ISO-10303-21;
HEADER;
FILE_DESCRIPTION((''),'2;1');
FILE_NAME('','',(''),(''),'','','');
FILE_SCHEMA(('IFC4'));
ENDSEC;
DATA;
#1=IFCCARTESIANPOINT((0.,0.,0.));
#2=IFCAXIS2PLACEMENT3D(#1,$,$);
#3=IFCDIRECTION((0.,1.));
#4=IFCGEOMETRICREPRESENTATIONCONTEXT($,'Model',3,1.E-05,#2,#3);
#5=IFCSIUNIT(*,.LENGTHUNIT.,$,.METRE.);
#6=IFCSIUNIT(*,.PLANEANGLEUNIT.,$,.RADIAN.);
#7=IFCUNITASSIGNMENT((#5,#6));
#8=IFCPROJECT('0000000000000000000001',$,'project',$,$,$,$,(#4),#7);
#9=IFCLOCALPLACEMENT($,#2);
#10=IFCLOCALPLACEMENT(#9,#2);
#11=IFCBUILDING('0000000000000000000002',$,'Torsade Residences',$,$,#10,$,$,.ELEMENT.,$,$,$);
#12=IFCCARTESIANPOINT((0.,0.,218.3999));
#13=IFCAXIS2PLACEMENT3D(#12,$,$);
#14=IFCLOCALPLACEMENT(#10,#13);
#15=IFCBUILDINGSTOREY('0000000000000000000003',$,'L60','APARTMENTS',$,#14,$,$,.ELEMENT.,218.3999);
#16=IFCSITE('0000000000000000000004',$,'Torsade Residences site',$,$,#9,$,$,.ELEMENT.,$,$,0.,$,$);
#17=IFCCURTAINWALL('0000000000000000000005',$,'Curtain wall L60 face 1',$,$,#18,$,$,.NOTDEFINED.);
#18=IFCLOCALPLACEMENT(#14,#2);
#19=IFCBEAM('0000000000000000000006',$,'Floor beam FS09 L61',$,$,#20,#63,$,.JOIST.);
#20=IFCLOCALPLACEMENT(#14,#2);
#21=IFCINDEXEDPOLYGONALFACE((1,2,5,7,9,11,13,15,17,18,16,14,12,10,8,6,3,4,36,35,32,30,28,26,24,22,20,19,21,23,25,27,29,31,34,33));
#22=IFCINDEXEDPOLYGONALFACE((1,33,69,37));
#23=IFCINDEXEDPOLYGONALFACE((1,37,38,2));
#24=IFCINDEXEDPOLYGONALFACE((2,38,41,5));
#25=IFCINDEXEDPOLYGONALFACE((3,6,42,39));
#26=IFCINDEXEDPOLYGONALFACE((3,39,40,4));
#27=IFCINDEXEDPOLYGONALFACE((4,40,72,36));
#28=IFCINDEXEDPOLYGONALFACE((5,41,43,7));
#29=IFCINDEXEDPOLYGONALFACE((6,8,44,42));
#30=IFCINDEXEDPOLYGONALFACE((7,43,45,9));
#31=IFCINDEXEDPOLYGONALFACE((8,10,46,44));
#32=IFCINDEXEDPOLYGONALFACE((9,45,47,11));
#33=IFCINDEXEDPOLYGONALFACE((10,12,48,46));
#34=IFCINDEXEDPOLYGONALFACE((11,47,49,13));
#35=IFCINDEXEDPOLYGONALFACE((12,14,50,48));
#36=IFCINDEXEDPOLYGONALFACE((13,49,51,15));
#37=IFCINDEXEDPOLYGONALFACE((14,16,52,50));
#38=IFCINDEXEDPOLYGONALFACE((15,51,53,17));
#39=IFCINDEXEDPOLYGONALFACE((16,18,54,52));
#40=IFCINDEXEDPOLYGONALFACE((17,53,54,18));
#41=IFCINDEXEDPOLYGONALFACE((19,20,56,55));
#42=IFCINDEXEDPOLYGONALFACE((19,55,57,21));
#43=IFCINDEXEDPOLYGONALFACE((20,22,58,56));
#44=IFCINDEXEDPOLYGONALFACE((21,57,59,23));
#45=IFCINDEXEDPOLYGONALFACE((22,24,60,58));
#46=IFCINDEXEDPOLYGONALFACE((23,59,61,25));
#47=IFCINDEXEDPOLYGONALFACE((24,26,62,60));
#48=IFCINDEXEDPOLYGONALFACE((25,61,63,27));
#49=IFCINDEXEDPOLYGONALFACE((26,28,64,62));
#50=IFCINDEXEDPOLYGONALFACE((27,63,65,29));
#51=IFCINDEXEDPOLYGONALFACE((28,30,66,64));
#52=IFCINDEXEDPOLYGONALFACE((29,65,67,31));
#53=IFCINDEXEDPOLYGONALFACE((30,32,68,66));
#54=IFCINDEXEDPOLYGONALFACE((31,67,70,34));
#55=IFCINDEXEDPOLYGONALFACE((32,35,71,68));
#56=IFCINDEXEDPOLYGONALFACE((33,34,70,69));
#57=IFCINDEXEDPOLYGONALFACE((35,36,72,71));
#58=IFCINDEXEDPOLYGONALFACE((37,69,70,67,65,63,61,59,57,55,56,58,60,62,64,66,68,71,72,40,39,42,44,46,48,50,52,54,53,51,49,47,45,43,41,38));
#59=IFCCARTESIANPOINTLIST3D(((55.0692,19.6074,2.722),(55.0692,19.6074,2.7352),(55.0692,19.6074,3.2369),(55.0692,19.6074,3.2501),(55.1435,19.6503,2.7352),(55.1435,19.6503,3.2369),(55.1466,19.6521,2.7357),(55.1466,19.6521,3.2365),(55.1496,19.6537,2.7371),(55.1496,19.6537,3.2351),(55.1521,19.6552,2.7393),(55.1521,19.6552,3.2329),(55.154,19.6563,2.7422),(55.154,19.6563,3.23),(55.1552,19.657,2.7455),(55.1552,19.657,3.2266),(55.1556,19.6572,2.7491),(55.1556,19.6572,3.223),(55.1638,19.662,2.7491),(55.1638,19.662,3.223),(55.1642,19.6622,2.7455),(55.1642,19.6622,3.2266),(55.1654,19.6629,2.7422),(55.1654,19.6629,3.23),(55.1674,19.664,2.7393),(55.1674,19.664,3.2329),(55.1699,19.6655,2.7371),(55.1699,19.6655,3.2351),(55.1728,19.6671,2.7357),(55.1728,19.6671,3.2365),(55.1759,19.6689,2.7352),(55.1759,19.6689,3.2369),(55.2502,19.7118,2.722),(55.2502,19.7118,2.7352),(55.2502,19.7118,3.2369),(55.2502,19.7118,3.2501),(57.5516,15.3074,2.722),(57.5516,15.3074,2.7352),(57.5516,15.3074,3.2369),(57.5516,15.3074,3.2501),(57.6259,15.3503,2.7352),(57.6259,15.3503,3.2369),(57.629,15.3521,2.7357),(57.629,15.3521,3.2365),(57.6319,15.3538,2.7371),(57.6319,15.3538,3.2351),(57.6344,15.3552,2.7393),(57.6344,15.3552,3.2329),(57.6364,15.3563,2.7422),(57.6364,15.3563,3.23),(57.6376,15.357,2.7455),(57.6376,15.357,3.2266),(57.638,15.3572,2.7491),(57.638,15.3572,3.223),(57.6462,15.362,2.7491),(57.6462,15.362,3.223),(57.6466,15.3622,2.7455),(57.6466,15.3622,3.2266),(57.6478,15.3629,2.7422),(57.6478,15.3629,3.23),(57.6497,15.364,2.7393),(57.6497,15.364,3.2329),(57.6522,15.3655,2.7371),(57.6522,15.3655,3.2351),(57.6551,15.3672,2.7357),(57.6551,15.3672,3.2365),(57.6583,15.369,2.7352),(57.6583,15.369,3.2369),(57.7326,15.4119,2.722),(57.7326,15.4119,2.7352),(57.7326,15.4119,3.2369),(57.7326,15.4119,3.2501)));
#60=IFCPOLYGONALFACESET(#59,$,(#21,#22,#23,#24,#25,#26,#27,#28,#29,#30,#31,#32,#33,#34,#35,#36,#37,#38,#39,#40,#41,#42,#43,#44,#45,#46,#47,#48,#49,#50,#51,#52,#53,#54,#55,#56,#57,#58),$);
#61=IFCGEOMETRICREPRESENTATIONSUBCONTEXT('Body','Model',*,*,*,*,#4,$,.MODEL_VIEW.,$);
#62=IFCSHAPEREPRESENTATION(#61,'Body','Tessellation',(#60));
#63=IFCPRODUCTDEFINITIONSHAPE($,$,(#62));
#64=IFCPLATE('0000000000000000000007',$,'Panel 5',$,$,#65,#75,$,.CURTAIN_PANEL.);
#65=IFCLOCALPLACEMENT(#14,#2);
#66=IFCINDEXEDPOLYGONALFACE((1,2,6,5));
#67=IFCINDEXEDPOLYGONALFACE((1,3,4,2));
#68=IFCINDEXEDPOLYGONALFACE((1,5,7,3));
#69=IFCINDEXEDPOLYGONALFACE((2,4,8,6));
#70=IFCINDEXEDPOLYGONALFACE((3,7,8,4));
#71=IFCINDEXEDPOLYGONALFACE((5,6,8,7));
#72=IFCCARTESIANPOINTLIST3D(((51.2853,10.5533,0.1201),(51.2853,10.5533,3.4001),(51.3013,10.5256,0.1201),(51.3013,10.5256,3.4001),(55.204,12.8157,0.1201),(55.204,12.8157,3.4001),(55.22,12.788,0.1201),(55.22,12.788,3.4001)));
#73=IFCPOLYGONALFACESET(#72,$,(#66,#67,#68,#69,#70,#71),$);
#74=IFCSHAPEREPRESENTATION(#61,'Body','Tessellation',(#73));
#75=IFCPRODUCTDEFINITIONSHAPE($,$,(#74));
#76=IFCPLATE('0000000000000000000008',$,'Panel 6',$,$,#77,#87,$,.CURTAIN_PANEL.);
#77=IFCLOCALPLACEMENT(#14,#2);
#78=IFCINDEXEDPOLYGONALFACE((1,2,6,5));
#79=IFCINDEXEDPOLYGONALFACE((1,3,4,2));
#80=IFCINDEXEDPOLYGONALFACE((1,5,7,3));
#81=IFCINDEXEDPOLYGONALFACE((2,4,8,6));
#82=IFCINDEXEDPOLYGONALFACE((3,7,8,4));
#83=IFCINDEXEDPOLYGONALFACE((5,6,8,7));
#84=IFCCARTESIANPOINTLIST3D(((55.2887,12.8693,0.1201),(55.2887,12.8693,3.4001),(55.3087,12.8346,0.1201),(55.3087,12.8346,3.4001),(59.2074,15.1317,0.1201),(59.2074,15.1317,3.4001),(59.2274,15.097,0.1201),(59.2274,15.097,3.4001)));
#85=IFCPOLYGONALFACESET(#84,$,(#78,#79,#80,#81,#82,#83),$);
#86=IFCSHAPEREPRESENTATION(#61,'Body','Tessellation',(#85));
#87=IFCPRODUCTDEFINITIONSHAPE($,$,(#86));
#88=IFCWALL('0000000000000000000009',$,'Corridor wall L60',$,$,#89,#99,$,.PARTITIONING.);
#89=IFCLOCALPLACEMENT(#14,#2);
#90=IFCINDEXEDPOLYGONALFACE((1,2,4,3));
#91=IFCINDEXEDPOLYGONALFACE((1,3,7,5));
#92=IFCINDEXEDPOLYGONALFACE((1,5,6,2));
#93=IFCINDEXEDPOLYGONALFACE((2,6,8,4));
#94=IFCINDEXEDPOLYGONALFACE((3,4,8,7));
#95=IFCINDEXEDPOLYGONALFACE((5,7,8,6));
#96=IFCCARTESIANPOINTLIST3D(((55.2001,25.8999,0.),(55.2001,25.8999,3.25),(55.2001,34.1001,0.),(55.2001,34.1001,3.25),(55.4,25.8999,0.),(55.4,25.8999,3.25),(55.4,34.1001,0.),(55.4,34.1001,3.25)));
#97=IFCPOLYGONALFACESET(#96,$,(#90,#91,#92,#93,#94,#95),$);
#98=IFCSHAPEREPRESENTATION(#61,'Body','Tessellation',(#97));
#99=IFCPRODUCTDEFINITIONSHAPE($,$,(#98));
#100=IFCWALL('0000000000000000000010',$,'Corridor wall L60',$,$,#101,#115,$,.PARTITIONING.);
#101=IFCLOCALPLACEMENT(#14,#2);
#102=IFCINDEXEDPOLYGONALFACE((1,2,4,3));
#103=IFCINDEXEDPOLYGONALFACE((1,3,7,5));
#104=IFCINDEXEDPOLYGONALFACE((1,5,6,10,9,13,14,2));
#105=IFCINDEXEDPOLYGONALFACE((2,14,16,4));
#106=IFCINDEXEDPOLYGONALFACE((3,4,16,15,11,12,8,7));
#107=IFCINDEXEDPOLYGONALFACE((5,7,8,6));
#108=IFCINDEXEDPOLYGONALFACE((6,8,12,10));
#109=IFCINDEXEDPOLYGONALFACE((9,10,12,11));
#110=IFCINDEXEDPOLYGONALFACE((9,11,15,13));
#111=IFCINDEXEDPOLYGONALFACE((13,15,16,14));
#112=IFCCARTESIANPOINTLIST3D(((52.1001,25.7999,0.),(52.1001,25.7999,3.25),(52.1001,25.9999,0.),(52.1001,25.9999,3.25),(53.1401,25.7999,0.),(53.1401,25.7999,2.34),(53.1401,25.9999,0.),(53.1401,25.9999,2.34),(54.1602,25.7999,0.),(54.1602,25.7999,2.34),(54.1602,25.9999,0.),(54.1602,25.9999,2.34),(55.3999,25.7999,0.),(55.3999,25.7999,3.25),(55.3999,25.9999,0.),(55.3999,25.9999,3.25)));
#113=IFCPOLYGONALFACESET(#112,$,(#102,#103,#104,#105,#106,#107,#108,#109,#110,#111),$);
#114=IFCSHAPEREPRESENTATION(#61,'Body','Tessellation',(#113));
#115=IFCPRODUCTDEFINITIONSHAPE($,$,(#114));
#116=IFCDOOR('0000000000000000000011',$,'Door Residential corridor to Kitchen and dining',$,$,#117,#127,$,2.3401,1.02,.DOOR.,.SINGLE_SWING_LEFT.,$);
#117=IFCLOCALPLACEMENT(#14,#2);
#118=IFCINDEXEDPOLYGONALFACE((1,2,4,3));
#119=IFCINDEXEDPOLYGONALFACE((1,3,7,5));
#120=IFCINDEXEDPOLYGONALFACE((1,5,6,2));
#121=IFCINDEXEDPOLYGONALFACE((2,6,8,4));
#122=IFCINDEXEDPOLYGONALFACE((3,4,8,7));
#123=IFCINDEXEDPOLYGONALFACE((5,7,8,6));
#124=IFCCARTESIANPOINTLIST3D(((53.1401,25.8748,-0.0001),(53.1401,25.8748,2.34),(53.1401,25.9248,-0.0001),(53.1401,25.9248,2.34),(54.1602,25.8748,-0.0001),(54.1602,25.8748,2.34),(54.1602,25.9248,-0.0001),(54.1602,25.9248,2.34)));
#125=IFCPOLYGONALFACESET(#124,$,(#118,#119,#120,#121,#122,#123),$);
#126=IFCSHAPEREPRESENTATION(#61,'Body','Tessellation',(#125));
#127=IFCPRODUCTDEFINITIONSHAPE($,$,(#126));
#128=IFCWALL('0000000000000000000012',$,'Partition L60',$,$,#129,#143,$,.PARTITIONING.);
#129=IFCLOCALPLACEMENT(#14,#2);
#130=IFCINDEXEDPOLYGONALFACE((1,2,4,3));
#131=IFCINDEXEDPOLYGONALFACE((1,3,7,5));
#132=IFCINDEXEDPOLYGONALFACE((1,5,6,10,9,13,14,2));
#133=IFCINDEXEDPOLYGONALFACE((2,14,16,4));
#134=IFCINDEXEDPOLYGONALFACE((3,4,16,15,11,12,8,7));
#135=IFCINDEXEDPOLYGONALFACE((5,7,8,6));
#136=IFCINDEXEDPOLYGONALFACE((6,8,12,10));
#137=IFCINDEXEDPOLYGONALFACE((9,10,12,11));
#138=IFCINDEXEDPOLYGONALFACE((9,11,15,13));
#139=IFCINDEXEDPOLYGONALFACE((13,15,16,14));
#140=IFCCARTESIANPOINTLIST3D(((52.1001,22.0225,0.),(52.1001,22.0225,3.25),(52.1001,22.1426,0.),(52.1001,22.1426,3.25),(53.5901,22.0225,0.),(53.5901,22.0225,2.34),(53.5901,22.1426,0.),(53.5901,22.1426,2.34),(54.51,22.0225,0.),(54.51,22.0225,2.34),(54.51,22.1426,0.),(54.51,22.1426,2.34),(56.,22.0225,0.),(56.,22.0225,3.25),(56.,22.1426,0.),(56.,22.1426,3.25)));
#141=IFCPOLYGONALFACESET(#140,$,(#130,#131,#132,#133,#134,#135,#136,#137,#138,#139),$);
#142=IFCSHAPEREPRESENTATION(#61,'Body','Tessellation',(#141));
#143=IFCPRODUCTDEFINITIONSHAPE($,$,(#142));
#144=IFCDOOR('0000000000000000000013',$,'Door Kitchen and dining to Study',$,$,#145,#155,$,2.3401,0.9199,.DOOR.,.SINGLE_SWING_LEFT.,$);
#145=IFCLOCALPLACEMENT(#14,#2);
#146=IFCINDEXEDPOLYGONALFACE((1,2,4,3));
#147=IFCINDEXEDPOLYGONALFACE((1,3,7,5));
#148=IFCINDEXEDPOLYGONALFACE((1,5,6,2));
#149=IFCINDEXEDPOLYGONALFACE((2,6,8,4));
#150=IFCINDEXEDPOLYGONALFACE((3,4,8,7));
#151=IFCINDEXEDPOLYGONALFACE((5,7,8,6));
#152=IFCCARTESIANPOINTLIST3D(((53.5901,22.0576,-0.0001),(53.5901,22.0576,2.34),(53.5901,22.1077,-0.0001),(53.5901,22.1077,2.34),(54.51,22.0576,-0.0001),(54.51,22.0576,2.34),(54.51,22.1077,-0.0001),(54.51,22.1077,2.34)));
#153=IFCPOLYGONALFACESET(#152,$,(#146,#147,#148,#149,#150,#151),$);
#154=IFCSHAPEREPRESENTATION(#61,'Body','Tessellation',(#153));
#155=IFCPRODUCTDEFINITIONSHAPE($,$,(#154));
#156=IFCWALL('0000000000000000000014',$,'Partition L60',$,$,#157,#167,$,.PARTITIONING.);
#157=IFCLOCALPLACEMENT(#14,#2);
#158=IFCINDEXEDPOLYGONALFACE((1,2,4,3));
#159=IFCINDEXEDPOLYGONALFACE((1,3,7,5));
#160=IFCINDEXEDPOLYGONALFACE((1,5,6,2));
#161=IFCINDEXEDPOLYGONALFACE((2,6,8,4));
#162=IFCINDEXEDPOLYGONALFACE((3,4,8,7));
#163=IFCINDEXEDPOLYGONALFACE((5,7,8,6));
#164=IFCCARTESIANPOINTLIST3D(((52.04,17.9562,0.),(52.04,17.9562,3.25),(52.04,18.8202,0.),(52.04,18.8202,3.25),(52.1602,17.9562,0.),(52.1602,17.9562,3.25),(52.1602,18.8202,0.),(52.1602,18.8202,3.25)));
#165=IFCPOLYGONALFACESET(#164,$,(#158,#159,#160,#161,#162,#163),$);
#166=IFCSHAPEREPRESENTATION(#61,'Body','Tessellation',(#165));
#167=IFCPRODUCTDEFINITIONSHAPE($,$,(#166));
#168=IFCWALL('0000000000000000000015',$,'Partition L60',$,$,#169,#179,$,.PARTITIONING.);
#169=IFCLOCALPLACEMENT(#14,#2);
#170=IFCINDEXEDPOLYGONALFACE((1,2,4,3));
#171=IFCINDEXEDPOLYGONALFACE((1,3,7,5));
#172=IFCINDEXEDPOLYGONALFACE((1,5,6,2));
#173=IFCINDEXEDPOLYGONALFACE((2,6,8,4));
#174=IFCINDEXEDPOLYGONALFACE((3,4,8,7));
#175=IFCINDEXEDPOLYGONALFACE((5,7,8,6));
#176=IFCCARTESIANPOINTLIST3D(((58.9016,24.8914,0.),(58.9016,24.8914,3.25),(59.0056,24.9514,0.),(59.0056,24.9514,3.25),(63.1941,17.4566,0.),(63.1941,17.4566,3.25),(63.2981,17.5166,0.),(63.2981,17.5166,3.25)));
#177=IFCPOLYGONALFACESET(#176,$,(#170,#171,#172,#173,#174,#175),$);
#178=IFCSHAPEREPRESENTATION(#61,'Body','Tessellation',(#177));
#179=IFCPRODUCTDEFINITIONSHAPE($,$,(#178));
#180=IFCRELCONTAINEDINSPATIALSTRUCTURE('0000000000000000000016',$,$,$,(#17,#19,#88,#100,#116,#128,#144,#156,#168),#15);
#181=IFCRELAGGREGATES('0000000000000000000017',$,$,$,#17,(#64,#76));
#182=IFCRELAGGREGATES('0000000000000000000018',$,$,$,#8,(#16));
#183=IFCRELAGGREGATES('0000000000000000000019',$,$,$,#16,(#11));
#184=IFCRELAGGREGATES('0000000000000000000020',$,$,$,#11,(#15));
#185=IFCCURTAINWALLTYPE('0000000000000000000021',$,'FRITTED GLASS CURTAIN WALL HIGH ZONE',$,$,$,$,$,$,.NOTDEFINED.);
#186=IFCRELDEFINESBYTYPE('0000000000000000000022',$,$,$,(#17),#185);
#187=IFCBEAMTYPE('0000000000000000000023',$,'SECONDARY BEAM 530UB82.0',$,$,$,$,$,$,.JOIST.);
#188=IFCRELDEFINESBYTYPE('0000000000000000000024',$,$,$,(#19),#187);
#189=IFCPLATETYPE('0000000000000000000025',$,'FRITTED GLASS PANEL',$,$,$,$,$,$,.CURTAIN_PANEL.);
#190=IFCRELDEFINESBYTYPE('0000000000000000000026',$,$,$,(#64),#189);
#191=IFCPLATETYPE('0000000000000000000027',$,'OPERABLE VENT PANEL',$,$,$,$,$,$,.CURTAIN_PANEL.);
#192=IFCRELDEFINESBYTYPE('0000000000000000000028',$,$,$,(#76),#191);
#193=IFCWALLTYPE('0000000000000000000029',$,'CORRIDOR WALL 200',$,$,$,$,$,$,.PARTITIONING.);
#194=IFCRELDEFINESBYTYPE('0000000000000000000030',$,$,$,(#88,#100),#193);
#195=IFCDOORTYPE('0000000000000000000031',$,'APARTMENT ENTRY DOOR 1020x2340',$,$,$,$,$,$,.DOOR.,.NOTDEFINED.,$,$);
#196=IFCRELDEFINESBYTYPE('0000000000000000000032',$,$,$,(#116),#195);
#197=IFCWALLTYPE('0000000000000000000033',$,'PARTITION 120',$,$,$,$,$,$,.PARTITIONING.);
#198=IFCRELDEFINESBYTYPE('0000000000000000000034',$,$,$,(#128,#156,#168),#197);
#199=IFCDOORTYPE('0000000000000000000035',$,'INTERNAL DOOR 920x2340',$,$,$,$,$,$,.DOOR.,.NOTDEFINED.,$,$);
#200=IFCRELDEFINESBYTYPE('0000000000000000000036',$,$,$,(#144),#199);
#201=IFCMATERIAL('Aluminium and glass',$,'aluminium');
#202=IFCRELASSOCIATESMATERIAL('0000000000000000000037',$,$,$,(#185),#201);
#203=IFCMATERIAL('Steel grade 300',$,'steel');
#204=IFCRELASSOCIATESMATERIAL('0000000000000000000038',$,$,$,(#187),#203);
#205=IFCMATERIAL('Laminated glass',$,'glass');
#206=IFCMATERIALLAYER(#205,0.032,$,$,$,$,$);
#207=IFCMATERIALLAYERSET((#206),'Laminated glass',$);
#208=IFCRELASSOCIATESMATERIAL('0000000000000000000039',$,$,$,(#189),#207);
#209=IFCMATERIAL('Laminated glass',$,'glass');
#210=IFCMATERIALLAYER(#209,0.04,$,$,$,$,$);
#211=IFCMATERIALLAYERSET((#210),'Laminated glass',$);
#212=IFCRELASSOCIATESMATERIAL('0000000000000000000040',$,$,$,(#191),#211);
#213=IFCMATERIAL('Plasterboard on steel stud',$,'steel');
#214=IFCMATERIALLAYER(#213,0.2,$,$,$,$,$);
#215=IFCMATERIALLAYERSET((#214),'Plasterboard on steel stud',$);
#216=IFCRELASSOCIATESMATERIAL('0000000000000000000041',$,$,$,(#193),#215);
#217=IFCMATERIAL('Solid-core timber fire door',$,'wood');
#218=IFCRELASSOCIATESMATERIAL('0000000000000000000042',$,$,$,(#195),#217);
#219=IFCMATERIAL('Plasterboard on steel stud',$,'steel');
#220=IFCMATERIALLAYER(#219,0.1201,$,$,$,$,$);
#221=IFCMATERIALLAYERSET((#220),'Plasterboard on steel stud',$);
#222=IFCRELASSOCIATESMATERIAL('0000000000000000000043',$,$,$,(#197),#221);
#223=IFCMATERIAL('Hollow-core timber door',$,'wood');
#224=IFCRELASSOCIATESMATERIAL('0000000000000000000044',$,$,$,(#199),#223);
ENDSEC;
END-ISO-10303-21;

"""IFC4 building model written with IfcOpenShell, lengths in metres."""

from ifc_helpers import new_model, si_unit, direction, frame, frame_2d, origin, origin_2d, place, context, subcontext, project, spatial, rectangle, i_section, extrude, material, layer, layer_set, material_profile, profile_set, type_object, element, fill, aggregate, save


model = new_model("IFC4")

# Units and contexts
model_context = context("Model", 3, precision=1e-05, world=origin(), true_north=direction((0.0, 1.0)))
body_context = subcontext(model_context, "Body", "Model", "MODEL_VIEW")
ifc_project = project(units=[si_unit("LENGTHUNIT", "METRE"), si_unit("PLANEANGLEUNIT", "RADIAN")], contexts=[model_context])

# Site, building, storey
site_placement = place(None, origin())
site = spatial("IfcSite", under=ifc_project, at=site_placement, Name="Torsade Residences site", CompositionType="ELEMENT", RefElevation=0.0)
building_placement = place(site_placement, origin())
building = spatial("IfcBuilding", under=site, at=building_placement, Name="Torsade Residences", CompositionType="ELEMENT")
storey_placement = place(building_placement, frame((0.0, 0.0, 218.3999)))
storey = spatial("IfcBuildingStorey", under=building, at=storey_placement, Name="L60", Description="APARTMENTS", CompositionType="ELEMENT", Elevation=218.3999)

# Curtain wall
ifc_material_1 = material(Name="Aluminium and glass", Category="aluminium")
curtain_wall_type = type_object("IfcCurtainWallType", Name="FRITTED GLASS CURTAIN WALL HIGH ZONE", PredefinedType="NOTDEFINED", material=ifc_material_1)
curtain_wall_placement = place(storey_placement, origin())
curtain_wall = element("IfcCurtainWall", 1, at=curtain_wall_placement, inside=storey, type_object=curtain_wall_type, Name="Curtain wall L60 face 1", PredefinedType="NOTDEFINED")

# Beam
ifc_material_2 = material(Name="Steel grade 300", Category="steel")
ifc_material_profile_1 = material_profile(ifc_material_2, i_section(OverallWidth=0.209, OverallDepth=0.5281, WebThickness=0.0095, FlangeThickness=0.0132, FilletRadius=0.0139, at=origin_2d()), Name="530UB82.0")
ifc_profile_set_1 = profile_set([ifc_material_profile_1], Name="Steel grade 300")
beam_type_1 = type_object("IfcBeamType", Name="SECONDARY BEAM 530UB82.0", PredefinedType="JOIST", material=ifc_profile_set_1)
beam_1_placement = place(storey_placement, frame((57.6421, 15.3596, 2.9861), z_axis=(-0.499968, 0.866044, 0.0), x_axis=(-0.866044, -0.499968, 0.0)))
element("IfcBeam", 2, at=beam_1_placement, inside=storey, type_object=beam_type_1, Name="Floor beam FS09 L61", PredefinedType="JOIST", context=body_context, shape_type="SweptSolid", body=[
    extrude(i_section(OverallWidth=0.209, OverallDepth=0.5281, WebThickness=0.0095, FlangeThickness=0.0132, FilletRadius=0.0139, at=origin_2d()), origin(), (0.0, 0.0, 1.0), 4.9651),
])

# Plates
ifc_material_3 = material(Name="Laminated glass", Category="glass")
ifc_layer_1 = layer(ifc_material_3, 0.032)
ifc_layer_set_1 = layer_set([ifc_layer_1], Name="Laminated glass")
plate_type_1 = type_object("IfcPlateType", Name="FRITTED GLASS PANEL", PredefinedType="CURTAIN_PANEL", material=ifc_layer_set_1)
plate_1_placement = place(storey_placement, frame((53.2527, 11.6707, 0.1201), z_axis=(0.0, 0.0, 1.0), x_axis=(0.866025, 0.5, 0.0)))
plate_1 = element("IfcPlate", 3, at=plate_1_placement, type_object=plate_type_1, Name="Panel 5", PredefinedType="CURTAIN_PANEL", context=body_context, shape_type="SweptSolid", body=[
    extrude(rectangle(XDim=4.5249, YDim=0.032, at=origin_2d()), origin(), (0.0, 0.0, 1.0), 3.28),
])
ifc_material_4 = material(Name="Laminated glass", Category="glass")
ifc_layer_2 = layer(ifc_material_4, 0.04)
ifc_layer_set_2 = layer_set([ifc_layer_2], Name="Laminated glass")
plate_type_2 = type_object("IfcPlateType", Name="OPERABLE VENT PANEL", PredefinedType="CURTAIN_PANEL", material=ifc_layer_set_2)
plate_2_placement = place(storey_placement, frame((57.2581, 13.9832, 0.1201), z_axis=(0.0, 0.0, 1.0), x_axis=(0.866025, 0.5, 0.0)))
plate_2 = element("IfcPlate", 4, at=plate_2_placement, type_object=plate_type_2, Name="Panel 6", PredefinedType="CURTAIN_PANEL", context=body_context, shape_type="SweptSolid", body=[
    extrude(rectangle(XDim=4.5249, YDim=0.04, at=origin_2d()), origin(), (0.0, 0.0, 1.0), 3.28),
])
aggregate(curtain_wall, [plate_1, plate_2])

# Wall
ifc_material_5 = material(Name="Plasterboard on steel stud", Category="steel")
ifc_layer_3 = layer(ifc_material_5, 0.2)
ifc_layer_set_3 = layer_set([ifc_layer_3], Name="Plasterboard on steel stud")
wall_type_1 = type_object("IfcWallType", Name="CORRIDOR WALL 200", PredefinedType="PARTITIONING", material=ifc_layer_set_3)
wall_1_placement = place(storey_placement, frame((55.3, 25.8999, 0.0), z_axis=(0.0, 0.0, 1.0), x_axis=(0.0, 1.0, 0.0)))
element("IfcWall", 5, at=wall_1_placement, inside=storey, type_object=wall_type_1, Name="Corridor wall L60", PredefinedType="PARTITIONING", context=body_context, shape_type="SweptSolid", body=[
    extrude(rectangle(XDim=8.2002, YDim=0.2, at=frame_2d((4.1001, 0.0))), origin(), (0.0, 0.0, 1.0), 3.25),
])

# Walls, openings, doors
wall_2_placement = place(storey_placement, frame((52.1001, 25.8999, 0.0), z_axis=(0.0, 0.0, 1.0), x_axis=(1.0, 0.0, 0.0)))
wall_2 = element("IfcWall", 6, at=wall_2_placement, inside=storey, type_object=wall_type_1, Name="Corridor wall L60", PredefinedType="PARTITIONING", context=body_context, shape_type="SweptSolid", body=[
    extrude(rectangle(XDim=3.2998, YDim=0.2, at=frame_2d((1.6499, 0.0))), origin(), (0.0, 0.0, 1.0), 3.25),
])
opening_1_placement = place(wall_2_placement, frame((1.04, 0.0, 0.0)))
opening_1 = element("IfcOpeningElement", 7, at=opening_1_placement, cuts=wall_2, PredefinedType="OPENING", context=body_context, shape_type="SweptSolid", body=[
    extrude(rectangle(XDim=1.02, YDim=2.3401, at=frame_2d((0.51, 1.1699))), frame((0.0, 0.1099, 0.0), z_axis=(0.0, -1.0, 0.0), x_axis=(1.0, 0.0, 0.0)), (0.0, 0.0, 1.0), 0.22),
])
ifc_material_6 = material(Name="Solid-core timber fire door", Category="wood")
door_type_1 = type_object("IfcDoorType", Name="APARTMENT ENTRY DOOR 1020x2340", OperationType="NOTDEFINED", PredefinedType="DOOR", material=ifc_material_6)
door_1_placement = place(opening_1_placement, origin())
door_1 = element("IfcDoor", 8, at=door_1_placement, inside=storey, type_object=door_type_1, Name="Door Residential corridor to Kitchen and dining", OperationType="SINGLE_SWING_LEFT", OverallHeight=2.3401, OverallWidth=1.02, PredefinedType="DOOR", context=body_context, shape_type="SweptSolid", body=[
    extrude(rectangle(XDim=1.02, YDim=2.3401, at=frame_2d((0.51, 1.1699))), frame((0.0, 0.0249, 0.0), z_axis=(0.0, -1.0, 0.0), x_axis=(1.0, 0.0, 0.0)), (0.0, 0.0, 1.0), 0.05),
])
fill(opening_1, door_1)
ifc_material_7 = material(Name="Plasterboard on steel stud", Category="steel")
ifc_layer_4 = layer(ifc_material_7, 0.1201)
ifc_layer_set_4 = layer_set([ifc_layer_4], Name="Plasterboard on steel stud")
wall_type_2 = type_object("IfcWallType", Name="PARTITION 120", PredefinedType="PARTITIONING", material=ifc_layer_set_4)
wall_3_placement = place(storey_placement, frame((56.0, 22.0825, 0.0), z_axis=(0.0, 0.0, 1.0), x_axis=(-1.0, 0.0, 0.0)))
wall_3 = element("IfcWall", 9, at=wall_3_placement, inside=storey, type_object=wall_type_2, Name="Partition L60", PredefinedType="PARTITIONING", context=body_context, shape_type="SweptSolid", body=[
    extrude(rectangle(XDim=3.8999, YDim=0.1201, at=frame_2d((1.95, 0.0))), origin(), (0.0, 0.0, 1.0), 3.25),
])
opening_2_placement = place(wall_3_placement, frame((1.49, 0.0, 0.0)))
opening_2 = element("IfcOpeningElement", 10, at=opening_2_placement, cuts=wall_3, PredefinedType="OPENING", context=body_context, shape_type="SweptSolid", body=[
    extrude(rectangle(XDim=0.9199, YDim=2.3401, at=frame_2d((0.46, 1.1699))), frame((0.0, 0.0701, 0.0), z_axis=(0.0, -1.0, 0.0), x_axis=(1.0, 0.0, 0.0)), (0.0, 0.0, 1.0), 0.1401),
])
ifc_material_8 = material(Name="Hollow-core timber door", Category="wood")
door_type_2 = type_object("IfcDoorType", Name="INTERNAL DOOR 920x2340", OperationType="NOTDEFINED", PredefinedType="DOOR", material=ifc_material_8)
door_2_placement = place(opening_2_placement, origin())
door_2 = element("IfcDoor", 11, at=door_2_placement, inside=storey, type_object=door_type_2, Name="Door Kitchen and dining to Study", OperationType="SINGLE_SWING_LEFT", OverallHeight=2.3401, OverallWidth=0.9199, PredefinedType="DOOR", context=body_context, shape_type="SweptSolid", body=[
    extrude(rectangle(XDim=0.9199, YDim=2.3401, at=frame_2d((0.46, 1.1699))), frame((0.0, 0.0249, 0.0), z_axis=(0.0, -1.0, 0.0), x_axis=(1.0, 0.0, 0.0)), (0.0, 0.0, 1.0), 0.05),
])
fill(opening_2, door_2)

# Walls
wall_4_placement = place(storey_placement, frame((52.1001, 17.9561, 0.0), z_axis=(0.0, 0.0, 1.0), x_axis=(0.0, 1.0, 0.0)))
element("IfcWall", 12, at=wall_4_placement, inside=storey, type_object=wall_type_2, Name="Partition L60", PredefinedType="PARTITIONING", context=body_context, shape_type="SweptSolid", body=[
    extrude(rectangle(XDim=0.864, YDim=0.1201, at=frame_2d((0.4321, 0.0))), origin(), (0.0, 0.0, 1.0), 3.25),
])
wall_5_placement = place(storey_placement, frame((58.9536, 24.9214, 0.0), z_axis=(0.0, 0.0, 1.0), x_axis=(0.499999, -0.866026, 0.0)))
element("IfcWall", 13, at=wall_5_placement, inside=storey, type_object=wall_type_2, Name="Partition L60", PredefinedType="PARTITIONING", context=body_context, shape_type="SweptSolid", body=[
    extrude(rectangle(XDim=8.585, YDim=0.1201, at=frame_2d((4.2925, 0.0))), origin(), (0.0, 0.0, 1.0), 3.25),
])

save(model, "model.ifc")
